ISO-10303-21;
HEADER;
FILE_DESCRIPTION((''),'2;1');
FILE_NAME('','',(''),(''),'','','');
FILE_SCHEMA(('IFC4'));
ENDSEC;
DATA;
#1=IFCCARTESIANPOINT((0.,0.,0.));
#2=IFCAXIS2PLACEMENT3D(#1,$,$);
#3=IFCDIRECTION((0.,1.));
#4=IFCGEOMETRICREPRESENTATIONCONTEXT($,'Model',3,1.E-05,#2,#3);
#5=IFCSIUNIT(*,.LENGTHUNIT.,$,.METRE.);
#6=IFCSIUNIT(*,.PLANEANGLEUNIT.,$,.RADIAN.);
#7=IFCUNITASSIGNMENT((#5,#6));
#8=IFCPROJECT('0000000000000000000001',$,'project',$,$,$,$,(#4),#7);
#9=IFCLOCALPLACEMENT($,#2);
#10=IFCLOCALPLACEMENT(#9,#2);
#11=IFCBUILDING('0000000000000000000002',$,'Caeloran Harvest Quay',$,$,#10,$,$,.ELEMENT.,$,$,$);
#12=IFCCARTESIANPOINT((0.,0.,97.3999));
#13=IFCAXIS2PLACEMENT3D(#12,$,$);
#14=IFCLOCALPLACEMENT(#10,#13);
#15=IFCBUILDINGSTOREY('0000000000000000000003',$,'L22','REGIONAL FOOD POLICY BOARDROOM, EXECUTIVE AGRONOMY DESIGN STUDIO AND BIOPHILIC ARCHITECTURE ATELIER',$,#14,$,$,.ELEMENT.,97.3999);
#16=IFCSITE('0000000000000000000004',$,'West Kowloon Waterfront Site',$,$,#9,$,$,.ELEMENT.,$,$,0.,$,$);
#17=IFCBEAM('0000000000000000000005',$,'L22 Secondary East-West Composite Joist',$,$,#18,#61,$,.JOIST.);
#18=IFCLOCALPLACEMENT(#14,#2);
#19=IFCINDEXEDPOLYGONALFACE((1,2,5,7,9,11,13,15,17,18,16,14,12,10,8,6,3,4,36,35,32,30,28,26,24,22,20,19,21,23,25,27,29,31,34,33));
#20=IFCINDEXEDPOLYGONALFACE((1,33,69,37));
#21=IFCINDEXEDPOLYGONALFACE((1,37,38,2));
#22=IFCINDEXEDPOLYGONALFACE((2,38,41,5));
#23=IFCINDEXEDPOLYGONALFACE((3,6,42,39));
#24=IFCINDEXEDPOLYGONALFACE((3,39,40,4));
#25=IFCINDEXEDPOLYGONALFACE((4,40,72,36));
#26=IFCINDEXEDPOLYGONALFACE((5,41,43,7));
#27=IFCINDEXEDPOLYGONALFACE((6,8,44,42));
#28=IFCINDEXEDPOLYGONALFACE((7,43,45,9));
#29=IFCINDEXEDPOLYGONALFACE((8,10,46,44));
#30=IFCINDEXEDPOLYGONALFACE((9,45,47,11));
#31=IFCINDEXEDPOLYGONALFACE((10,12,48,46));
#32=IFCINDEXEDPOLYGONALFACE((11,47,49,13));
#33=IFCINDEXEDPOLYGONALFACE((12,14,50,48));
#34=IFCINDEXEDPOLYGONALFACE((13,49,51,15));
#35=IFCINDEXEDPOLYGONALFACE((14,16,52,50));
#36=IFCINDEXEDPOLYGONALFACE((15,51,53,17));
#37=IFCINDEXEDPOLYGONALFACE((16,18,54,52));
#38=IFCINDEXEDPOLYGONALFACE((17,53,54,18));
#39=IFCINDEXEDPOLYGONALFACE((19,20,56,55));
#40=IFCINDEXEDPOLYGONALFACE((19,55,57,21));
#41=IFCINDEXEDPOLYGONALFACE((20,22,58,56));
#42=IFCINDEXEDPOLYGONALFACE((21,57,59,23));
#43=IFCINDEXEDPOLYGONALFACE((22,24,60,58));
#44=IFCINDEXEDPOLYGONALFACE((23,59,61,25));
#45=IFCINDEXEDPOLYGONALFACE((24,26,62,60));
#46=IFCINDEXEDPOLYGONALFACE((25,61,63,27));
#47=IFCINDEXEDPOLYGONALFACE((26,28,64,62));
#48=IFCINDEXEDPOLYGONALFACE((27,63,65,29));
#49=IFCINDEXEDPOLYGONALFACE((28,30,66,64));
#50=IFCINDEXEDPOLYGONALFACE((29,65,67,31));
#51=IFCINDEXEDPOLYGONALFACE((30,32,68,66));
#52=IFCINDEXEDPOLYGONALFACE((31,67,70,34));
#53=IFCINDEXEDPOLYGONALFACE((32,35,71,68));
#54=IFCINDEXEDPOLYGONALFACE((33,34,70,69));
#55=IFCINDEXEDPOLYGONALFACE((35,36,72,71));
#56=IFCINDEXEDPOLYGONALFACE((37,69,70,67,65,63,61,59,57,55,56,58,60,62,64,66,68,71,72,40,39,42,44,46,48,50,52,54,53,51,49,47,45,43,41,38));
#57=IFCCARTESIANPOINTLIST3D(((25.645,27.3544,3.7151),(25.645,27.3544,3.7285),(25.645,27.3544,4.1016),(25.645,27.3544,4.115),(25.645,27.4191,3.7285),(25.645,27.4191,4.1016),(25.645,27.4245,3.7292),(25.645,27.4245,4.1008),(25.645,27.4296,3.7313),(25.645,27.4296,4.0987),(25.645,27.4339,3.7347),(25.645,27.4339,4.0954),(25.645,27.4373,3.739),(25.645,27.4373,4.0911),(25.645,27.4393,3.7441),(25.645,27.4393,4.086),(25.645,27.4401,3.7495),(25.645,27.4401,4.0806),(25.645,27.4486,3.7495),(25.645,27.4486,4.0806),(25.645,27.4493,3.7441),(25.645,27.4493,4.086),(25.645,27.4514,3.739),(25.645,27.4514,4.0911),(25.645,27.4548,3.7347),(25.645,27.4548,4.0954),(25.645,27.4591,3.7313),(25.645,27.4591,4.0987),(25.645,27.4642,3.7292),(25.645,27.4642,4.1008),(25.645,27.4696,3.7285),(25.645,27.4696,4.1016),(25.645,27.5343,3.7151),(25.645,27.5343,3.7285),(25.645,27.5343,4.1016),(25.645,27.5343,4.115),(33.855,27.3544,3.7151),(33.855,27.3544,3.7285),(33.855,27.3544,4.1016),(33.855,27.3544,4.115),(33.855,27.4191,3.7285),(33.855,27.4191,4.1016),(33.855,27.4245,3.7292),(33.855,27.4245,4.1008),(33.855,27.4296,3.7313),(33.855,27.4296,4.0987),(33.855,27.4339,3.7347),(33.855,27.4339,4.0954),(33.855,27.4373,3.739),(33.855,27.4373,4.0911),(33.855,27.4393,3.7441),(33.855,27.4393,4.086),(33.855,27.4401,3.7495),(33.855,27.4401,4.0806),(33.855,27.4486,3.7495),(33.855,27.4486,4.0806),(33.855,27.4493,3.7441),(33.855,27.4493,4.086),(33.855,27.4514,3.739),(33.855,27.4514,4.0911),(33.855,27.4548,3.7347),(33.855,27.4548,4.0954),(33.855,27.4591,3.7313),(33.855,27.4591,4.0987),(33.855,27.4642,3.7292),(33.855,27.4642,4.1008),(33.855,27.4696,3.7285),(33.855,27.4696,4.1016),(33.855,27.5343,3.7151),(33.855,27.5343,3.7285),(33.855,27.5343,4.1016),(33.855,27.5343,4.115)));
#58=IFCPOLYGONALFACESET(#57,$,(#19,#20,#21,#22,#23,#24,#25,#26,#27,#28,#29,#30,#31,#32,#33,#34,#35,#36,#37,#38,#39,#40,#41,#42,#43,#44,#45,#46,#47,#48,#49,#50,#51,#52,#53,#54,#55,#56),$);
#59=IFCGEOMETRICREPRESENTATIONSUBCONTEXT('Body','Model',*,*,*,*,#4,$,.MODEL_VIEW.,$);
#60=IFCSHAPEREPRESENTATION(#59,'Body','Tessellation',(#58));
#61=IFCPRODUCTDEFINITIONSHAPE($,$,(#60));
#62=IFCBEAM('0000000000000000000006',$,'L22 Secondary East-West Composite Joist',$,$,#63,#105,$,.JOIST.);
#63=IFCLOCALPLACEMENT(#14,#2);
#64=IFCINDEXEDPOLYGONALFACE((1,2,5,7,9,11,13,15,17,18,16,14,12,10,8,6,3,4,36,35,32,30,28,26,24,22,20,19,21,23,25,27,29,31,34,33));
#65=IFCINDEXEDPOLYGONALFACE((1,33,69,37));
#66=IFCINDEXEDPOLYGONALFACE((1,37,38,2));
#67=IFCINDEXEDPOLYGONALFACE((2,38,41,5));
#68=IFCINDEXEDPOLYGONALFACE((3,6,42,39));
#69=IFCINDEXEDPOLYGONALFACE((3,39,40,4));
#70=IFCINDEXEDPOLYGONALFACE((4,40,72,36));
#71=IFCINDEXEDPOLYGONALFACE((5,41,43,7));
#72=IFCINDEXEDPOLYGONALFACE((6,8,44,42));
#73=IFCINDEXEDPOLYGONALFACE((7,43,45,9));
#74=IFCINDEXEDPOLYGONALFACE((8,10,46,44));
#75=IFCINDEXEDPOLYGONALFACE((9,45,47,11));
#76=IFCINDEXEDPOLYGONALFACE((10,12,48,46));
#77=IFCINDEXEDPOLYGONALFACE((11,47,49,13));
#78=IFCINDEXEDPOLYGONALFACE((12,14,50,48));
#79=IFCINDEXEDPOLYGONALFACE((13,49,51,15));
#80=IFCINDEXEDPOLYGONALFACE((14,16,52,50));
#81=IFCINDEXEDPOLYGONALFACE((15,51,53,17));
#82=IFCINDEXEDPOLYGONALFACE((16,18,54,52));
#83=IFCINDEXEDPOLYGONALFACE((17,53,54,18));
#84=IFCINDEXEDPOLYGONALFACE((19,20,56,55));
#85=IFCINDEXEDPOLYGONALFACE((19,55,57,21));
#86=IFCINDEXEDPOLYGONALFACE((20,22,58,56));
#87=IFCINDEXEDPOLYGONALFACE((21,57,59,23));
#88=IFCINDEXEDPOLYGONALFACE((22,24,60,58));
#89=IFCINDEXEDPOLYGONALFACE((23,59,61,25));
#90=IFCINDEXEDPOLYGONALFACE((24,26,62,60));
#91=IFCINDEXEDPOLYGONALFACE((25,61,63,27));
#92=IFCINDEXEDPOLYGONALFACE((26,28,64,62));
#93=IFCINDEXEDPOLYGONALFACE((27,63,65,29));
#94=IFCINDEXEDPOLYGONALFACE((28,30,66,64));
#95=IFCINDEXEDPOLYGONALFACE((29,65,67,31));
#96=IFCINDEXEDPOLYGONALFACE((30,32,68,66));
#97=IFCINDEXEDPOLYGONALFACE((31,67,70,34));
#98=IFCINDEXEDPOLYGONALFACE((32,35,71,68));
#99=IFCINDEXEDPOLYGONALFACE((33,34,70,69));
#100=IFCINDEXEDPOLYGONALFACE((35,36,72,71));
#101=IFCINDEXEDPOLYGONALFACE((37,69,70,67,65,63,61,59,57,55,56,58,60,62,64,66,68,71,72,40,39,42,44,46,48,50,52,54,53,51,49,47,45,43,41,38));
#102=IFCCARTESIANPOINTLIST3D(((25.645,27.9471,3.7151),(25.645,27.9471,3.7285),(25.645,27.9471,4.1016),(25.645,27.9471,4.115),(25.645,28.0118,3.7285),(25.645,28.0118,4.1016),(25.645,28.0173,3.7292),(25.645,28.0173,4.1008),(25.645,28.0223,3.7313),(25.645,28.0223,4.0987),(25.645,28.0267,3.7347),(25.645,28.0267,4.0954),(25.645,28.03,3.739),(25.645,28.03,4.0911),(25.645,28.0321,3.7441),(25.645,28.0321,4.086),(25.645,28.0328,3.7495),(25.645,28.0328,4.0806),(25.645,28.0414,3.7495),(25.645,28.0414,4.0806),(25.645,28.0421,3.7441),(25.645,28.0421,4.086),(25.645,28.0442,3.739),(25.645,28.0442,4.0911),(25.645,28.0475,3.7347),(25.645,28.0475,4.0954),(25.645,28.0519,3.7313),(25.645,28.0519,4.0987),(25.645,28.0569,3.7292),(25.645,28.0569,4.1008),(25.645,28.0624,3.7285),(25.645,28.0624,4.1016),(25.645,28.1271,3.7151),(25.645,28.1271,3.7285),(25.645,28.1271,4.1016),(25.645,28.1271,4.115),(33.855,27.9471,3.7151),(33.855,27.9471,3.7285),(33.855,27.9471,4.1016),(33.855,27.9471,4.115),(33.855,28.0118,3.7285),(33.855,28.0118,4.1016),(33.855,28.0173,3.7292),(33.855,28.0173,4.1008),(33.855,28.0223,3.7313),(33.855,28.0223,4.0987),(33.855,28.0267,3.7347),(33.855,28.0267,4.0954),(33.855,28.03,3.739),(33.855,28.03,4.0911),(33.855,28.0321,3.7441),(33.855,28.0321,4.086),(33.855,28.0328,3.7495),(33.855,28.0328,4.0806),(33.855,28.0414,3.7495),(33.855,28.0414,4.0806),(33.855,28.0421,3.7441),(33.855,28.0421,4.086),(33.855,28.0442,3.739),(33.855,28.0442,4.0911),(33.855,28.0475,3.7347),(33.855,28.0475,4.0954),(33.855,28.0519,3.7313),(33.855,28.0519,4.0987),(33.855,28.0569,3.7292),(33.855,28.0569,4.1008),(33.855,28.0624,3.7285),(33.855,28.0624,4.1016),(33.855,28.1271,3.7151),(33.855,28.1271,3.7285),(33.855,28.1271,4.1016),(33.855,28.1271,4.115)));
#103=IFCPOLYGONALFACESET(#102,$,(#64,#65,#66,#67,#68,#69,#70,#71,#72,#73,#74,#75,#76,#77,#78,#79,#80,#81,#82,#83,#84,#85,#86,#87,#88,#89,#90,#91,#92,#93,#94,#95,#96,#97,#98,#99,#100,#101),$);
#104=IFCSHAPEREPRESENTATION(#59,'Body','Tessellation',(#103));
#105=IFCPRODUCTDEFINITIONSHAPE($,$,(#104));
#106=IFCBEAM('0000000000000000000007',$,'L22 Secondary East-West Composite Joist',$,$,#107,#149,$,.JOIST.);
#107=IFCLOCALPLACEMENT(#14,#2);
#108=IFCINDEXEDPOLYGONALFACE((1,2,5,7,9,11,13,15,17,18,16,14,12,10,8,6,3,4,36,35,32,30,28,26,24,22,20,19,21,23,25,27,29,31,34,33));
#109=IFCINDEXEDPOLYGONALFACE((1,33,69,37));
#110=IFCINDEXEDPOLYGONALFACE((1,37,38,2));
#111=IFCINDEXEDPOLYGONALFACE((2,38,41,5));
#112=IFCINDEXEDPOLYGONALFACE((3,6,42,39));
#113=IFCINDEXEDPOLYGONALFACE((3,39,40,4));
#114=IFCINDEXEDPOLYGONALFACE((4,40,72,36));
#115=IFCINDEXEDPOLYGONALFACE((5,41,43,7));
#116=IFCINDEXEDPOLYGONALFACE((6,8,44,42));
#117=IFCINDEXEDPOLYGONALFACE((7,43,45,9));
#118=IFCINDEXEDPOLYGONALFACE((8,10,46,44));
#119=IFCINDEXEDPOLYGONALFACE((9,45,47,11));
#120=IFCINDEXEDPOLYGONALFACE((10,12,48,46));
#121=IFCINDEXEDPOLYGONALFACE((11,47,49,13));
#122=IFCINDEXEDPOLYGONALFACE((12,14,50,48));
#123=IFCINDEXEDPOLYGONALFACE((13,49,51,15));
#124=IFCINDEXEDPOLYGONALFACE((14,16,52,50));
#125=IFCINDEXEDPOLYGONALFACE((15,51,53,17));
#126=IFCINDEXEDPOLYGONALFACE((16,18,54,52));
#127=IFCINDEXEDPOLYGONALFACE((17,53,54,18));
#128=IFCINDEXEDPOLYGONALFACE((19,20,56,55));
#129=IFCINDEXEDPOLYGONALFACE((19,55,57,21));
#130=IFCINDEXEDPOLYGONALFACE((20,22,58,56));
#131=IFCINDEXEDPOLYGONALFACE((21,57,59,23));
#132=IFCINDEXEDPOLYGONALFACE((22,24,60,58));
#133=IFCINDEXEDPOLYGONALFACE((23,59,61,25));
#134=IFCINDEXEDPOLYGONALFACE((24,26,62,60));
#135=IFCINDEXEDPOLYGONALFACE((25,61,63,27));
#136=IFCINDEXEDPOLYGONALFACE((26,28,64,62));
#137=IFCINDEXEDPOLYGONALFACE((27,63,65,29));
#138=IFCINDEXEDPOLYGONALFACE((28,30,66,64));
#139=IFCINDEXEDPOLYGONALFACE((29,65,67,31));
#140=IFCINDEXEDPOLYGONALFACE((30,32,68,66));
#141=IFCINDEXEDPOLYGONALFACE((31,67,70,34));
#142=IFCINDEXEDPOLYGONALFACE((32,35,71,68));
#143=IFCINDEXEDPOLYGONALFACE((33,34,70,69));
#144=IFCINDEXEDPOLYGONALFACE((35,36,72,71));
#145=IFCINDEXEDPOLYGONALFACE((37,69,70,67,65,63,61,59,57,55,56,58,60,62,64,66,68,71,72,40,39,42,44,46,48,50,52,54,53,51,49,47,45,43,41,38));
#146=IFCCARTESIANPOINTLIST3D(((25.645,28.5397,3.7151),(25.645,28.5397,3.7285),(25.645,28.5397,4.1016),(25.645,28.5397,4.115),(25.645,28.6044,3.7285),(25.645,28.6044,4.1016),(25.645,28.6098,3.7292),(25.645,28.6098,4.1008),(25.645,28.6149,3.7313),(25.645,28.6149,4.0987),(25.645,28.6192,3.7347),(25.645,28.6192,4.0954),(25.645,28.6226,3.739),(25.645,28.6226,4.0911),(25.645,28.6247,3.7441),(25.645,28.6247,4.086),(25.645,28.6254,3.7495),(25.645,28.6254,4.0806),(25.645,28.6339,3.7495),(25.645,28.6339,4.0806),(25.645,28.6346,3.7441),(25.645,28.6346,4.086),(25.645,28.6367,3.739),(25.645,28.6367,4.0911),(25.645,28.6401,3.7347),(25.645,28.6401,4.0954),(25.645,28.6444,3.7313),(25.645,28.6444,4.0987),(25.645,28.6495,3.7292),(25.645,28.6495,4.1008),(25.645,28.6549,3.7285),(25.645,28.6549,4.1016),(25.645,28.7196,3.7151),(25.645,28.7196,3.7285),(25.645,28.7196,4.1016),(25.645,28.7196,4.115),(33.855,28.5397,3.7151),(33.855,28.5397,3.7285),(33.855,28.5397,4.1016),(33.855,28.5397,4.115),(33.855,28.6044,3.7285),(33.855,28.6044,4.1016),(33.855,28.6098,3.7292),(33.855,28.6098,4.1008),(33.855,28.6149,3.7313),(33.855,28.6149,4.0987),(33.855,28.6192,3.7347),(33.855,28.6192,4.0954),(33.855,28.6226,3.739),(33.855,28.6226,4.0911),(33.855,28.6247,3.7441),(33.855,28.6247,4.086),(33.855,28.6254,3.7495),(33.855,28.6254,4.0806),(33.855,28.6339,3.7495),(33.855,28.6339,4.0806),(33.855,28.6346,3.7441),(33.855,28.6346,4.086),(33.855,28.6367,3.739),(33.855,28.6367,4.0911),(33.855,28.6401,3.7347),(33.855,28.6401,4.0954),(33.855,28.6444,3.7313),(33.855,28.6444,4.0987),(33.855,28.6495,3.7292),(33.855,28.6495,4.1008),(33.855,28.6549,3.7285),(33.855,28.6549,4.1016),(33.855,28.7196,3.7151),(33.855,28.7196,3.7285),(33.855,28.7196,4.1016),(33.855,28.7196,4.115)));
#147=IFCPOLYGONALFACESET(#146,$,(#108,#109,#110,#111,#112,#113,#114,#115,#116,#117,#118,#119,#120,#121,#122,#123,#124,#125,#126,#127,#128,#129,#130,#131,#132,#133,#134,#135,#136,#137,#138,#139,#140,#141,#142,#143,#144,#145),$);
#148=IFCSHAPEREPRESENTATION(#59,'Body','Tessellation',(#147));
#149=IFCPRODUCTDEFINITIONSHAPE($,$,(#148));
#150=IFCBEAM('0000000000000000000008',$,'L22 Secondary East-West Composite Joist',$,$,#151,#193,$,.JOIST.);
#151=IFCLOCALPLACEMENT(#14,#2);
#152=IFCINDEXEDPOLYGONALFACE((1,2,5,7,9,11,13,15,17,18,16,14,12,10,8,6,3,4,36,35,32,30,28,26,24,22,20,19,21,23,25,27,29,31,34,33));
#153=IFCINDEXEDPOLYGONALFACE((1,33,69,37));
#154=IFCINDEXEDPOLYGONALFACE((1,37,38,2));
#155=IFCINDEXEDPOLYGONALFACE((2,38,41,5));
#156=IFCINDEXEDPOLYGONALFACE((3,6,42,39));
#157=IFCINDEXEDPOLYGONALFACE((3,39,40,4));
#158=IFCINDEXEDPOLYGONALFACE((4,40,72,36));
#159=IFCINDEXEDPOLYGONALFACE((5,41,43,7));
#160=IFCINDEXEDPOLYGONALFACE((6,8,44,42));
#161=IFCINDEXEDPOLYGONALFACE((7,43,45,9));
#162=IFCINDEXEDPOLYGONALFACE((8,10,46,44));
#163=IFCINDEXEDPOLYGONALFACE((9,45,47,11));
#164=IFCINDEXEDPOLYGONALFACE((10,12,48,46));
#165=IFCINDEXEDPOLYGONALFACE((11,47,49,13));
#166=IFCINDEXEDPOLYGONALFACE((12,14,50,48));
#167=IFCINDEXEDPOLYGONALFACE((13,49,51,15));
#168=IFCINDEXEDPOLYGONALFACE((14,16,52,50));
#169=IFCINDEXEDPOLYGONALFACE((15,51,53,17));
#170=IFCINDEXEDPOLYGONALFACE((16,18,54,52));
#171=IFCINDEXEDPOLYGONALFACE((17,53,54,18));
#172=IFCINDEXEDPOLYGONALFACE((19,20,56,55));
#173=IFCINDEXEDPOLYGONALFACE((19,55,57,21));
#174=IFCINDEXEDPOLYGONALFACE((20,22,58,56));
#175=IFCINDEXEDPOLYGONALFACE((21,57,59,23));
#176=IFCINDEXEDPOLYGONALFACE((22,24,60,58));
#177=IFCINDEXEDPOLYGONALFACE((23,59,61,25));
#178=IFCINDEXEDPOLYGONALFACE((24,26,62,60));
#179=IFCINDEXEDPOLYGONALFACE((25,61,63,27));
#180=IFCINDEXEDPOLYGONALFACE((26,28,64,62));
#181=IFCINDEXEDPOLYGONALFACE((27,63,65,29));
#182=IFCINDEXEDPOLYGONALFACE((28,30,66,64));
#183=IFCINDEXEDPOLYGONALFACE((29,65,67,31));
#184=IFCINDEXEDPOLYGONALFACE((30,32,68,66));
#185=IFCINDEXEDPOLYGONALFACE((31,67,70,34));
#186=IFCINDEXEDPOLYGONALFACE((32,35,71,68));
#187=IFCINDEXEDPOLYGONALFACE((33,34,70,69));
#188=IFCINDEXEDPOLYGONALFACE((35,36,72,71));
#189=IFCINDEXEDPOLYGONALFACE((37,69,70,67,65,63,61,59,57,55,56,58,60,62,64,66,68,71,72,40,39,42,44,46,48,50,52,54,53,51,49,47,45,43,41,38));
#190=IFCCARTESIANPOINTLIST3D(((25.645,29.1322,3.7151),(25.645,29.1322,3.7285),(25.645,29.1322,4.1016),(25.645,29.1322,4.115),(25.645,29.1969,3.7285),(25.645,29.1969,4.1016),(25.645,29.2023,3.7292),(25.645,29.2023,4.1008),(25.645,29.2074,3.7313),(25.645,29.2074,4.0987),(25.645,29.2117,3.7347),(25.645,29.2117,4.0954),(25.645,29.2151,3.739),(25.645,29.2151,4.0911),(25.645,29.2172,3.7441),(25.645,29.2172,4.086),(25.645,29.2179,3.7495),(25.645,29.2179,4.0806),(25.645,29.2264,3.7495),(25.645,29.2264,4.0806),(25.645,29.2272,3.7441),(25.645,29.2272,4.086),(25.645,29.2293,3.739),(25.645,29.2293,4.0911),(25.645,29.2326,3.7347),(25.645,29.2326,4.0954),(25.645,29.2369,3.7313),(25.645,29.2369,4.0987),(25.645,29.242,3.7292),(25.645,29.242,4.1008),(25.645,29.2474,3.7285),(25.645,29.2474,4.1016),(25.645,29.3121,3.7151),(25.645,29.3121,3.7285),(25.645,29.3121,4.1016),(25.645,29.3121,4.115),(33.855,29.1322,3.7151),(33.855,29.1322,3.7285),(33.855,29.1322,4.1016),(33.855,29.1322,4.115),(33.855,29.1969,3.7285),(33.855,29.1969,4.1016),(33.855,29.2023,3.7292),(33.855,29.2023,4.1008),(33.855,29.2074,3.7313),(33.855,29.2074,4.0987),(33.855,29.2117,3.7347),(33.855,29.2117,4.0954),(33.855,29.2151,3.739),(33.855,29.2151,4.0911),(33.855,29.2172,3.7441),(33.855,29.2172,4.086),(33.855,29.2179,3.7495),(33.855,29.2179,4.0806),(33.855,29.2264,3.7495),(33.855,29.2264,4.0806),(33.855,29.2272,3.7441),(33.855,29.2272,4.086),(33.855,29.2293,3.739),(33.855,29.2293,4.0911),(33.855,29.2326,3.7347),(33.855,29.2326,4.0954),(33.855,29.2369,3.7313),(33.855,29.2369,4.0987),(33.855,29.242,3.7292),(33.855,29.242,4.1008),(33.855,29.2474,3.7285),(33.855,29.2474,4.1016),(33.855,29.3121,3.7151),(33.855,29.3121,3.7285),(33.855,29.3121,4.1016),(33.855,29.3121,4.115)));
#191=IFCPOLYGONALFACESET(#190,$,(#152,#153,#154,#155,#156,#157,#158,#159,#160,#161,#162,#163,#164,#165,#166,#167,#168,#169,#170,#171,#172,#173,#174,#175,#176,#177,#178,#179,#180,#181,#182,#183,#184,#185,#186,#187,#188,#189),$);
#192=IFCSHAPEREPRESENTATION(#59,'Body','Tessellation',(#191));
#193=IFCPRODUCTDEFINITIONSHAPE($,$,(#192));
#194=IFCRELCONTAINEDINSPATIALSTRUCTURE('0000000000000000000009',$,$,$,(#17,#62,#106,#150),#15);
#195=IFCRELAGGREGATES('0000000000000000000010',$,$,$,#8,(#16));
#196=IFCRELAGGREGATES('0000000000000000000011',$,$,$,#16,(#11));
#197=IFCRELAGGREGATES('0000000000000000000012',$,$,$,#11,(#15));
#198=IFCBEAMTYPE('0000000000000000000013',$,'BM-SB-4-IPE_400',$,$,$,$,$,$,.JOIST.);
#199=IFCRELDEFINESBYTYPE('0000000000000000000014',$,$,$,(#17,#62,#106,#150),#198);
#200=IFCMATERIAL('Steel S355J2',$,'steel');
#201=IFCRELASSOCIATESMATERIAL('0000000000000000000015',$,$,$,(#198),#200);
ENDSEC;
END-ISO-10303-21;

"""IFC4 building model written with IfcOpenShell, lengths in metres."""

from ifc_helpers import new_model, si_unit, direction, frame, origin, origin_2d, place, context, subcontext, project, spatial, i_section, extrude, material, material_profile, profile_set, type_object, element, save


model = new_model("IFC4")

# Units and contexts
model_context = context("Model", 3, precision=1e-05, world=origin(), true_north=direction((0.0, 1.0)))
body_context = subcontext(model_context, "Body", "Model", "MODEL_VIEW")
ifc_project = project(units=[si_unit("LENGTHUNIT", "METRE"), si_unit("PLANEANGLEUNIT", "RADIAN")], contexts=[model_context])

# Site, building, storey
site_placement = place(None, origin())
site = spatial("IfcSite", under=ifc_project, at=site_placement, Name="West Kowloon Waterfront Site", CompositionType="ELEMENT", RefElevation=0.0)
building_placement = place(site_placement, origin())
building = spatial("IfcBuilding", under=site, at=building_placement, Name="Caeloran Harvest Quay", CompositionType="ELEMENT")
storey_placement = place(building_placement, frame((0.0, 0.0, 97.3999)))
storey = spatial("IfcBuildingStorey", under=building, at=storey_placement, Name="L22", Description="REGIONAL FOOD POLICY BOARDROOM, EXECUTIVE AGRONOMY DESIGN STUDIO AND BIOPHILIC ARCHITECTURE ATELIER", CompositionType="ELEMENT", Elevation=97.3999)

# Beams
ifc_material_1 = material(Name="Steel S355J2", Category="steel")
ifc_material_profile_1 = material_profile(ifc_material_1, i_section(OverallWidth=0.1799, OverallDepth=0.3999, WebThickness=0.0085, FlangeThickness=0.0134, FilletRadius=0.021, at=origin_2d()), Name="IPE 400")
ifc_profile_set_1 = profile_set([ifc_material_profile_1], Name="Steel S355J2")
beam_type_1 = type_object("IfcBeamType", Name="BM-SB-4-IPE_400", PredefinedType="JOIST", material=ifc_profile_set_1)
for number, where, z_axis, x_axis, name in (
    (1, (25.645, 27.4443, 3.915), (1.0, 0.0, 0.0), (0.0, 1.0, 0.0), "L22 Secondary East-West Composite Joist"),
    (2, (25.645, 28.0371, 3.915), (1.0, 0.0, 0.0), (0.0, 1.0, 0.0), "L22 Secondary East-West Composite Joist"),
    (3, (25.645, 28.6296, 3.915), (1.0, 0.0, 0.0), (0.0, 1.0, 0.0), "L22 Secondary East-West Composite Joist"),
    (4, (25.645, 29.2222, 3.915), (1.0, 0.0, 0.0), (0.0, 1.0, 0.0), "L22 Secondary East-West Composite Joist"),
):
    element("IfcBeam", number, at=place(storey_placement, frame(where, z_axis=z_axis, x_axis=x_axis)), inside=storey, type_object=beam_type_1, Name=name, PredefinedType="JOIST", context=body_context, shape_type="SweptSolid", body=[
        extrude(i_section(OverallWidth=0.1799, OverallDepth=0.3999, WebThickness=0.0085, FlangeThickness=0.0134, FilletRadius=0.021, at=origin_2d()), origin(), (0.0, 0.0, 1.0), 8.21),
    ])

save(model, "model.ifc")
